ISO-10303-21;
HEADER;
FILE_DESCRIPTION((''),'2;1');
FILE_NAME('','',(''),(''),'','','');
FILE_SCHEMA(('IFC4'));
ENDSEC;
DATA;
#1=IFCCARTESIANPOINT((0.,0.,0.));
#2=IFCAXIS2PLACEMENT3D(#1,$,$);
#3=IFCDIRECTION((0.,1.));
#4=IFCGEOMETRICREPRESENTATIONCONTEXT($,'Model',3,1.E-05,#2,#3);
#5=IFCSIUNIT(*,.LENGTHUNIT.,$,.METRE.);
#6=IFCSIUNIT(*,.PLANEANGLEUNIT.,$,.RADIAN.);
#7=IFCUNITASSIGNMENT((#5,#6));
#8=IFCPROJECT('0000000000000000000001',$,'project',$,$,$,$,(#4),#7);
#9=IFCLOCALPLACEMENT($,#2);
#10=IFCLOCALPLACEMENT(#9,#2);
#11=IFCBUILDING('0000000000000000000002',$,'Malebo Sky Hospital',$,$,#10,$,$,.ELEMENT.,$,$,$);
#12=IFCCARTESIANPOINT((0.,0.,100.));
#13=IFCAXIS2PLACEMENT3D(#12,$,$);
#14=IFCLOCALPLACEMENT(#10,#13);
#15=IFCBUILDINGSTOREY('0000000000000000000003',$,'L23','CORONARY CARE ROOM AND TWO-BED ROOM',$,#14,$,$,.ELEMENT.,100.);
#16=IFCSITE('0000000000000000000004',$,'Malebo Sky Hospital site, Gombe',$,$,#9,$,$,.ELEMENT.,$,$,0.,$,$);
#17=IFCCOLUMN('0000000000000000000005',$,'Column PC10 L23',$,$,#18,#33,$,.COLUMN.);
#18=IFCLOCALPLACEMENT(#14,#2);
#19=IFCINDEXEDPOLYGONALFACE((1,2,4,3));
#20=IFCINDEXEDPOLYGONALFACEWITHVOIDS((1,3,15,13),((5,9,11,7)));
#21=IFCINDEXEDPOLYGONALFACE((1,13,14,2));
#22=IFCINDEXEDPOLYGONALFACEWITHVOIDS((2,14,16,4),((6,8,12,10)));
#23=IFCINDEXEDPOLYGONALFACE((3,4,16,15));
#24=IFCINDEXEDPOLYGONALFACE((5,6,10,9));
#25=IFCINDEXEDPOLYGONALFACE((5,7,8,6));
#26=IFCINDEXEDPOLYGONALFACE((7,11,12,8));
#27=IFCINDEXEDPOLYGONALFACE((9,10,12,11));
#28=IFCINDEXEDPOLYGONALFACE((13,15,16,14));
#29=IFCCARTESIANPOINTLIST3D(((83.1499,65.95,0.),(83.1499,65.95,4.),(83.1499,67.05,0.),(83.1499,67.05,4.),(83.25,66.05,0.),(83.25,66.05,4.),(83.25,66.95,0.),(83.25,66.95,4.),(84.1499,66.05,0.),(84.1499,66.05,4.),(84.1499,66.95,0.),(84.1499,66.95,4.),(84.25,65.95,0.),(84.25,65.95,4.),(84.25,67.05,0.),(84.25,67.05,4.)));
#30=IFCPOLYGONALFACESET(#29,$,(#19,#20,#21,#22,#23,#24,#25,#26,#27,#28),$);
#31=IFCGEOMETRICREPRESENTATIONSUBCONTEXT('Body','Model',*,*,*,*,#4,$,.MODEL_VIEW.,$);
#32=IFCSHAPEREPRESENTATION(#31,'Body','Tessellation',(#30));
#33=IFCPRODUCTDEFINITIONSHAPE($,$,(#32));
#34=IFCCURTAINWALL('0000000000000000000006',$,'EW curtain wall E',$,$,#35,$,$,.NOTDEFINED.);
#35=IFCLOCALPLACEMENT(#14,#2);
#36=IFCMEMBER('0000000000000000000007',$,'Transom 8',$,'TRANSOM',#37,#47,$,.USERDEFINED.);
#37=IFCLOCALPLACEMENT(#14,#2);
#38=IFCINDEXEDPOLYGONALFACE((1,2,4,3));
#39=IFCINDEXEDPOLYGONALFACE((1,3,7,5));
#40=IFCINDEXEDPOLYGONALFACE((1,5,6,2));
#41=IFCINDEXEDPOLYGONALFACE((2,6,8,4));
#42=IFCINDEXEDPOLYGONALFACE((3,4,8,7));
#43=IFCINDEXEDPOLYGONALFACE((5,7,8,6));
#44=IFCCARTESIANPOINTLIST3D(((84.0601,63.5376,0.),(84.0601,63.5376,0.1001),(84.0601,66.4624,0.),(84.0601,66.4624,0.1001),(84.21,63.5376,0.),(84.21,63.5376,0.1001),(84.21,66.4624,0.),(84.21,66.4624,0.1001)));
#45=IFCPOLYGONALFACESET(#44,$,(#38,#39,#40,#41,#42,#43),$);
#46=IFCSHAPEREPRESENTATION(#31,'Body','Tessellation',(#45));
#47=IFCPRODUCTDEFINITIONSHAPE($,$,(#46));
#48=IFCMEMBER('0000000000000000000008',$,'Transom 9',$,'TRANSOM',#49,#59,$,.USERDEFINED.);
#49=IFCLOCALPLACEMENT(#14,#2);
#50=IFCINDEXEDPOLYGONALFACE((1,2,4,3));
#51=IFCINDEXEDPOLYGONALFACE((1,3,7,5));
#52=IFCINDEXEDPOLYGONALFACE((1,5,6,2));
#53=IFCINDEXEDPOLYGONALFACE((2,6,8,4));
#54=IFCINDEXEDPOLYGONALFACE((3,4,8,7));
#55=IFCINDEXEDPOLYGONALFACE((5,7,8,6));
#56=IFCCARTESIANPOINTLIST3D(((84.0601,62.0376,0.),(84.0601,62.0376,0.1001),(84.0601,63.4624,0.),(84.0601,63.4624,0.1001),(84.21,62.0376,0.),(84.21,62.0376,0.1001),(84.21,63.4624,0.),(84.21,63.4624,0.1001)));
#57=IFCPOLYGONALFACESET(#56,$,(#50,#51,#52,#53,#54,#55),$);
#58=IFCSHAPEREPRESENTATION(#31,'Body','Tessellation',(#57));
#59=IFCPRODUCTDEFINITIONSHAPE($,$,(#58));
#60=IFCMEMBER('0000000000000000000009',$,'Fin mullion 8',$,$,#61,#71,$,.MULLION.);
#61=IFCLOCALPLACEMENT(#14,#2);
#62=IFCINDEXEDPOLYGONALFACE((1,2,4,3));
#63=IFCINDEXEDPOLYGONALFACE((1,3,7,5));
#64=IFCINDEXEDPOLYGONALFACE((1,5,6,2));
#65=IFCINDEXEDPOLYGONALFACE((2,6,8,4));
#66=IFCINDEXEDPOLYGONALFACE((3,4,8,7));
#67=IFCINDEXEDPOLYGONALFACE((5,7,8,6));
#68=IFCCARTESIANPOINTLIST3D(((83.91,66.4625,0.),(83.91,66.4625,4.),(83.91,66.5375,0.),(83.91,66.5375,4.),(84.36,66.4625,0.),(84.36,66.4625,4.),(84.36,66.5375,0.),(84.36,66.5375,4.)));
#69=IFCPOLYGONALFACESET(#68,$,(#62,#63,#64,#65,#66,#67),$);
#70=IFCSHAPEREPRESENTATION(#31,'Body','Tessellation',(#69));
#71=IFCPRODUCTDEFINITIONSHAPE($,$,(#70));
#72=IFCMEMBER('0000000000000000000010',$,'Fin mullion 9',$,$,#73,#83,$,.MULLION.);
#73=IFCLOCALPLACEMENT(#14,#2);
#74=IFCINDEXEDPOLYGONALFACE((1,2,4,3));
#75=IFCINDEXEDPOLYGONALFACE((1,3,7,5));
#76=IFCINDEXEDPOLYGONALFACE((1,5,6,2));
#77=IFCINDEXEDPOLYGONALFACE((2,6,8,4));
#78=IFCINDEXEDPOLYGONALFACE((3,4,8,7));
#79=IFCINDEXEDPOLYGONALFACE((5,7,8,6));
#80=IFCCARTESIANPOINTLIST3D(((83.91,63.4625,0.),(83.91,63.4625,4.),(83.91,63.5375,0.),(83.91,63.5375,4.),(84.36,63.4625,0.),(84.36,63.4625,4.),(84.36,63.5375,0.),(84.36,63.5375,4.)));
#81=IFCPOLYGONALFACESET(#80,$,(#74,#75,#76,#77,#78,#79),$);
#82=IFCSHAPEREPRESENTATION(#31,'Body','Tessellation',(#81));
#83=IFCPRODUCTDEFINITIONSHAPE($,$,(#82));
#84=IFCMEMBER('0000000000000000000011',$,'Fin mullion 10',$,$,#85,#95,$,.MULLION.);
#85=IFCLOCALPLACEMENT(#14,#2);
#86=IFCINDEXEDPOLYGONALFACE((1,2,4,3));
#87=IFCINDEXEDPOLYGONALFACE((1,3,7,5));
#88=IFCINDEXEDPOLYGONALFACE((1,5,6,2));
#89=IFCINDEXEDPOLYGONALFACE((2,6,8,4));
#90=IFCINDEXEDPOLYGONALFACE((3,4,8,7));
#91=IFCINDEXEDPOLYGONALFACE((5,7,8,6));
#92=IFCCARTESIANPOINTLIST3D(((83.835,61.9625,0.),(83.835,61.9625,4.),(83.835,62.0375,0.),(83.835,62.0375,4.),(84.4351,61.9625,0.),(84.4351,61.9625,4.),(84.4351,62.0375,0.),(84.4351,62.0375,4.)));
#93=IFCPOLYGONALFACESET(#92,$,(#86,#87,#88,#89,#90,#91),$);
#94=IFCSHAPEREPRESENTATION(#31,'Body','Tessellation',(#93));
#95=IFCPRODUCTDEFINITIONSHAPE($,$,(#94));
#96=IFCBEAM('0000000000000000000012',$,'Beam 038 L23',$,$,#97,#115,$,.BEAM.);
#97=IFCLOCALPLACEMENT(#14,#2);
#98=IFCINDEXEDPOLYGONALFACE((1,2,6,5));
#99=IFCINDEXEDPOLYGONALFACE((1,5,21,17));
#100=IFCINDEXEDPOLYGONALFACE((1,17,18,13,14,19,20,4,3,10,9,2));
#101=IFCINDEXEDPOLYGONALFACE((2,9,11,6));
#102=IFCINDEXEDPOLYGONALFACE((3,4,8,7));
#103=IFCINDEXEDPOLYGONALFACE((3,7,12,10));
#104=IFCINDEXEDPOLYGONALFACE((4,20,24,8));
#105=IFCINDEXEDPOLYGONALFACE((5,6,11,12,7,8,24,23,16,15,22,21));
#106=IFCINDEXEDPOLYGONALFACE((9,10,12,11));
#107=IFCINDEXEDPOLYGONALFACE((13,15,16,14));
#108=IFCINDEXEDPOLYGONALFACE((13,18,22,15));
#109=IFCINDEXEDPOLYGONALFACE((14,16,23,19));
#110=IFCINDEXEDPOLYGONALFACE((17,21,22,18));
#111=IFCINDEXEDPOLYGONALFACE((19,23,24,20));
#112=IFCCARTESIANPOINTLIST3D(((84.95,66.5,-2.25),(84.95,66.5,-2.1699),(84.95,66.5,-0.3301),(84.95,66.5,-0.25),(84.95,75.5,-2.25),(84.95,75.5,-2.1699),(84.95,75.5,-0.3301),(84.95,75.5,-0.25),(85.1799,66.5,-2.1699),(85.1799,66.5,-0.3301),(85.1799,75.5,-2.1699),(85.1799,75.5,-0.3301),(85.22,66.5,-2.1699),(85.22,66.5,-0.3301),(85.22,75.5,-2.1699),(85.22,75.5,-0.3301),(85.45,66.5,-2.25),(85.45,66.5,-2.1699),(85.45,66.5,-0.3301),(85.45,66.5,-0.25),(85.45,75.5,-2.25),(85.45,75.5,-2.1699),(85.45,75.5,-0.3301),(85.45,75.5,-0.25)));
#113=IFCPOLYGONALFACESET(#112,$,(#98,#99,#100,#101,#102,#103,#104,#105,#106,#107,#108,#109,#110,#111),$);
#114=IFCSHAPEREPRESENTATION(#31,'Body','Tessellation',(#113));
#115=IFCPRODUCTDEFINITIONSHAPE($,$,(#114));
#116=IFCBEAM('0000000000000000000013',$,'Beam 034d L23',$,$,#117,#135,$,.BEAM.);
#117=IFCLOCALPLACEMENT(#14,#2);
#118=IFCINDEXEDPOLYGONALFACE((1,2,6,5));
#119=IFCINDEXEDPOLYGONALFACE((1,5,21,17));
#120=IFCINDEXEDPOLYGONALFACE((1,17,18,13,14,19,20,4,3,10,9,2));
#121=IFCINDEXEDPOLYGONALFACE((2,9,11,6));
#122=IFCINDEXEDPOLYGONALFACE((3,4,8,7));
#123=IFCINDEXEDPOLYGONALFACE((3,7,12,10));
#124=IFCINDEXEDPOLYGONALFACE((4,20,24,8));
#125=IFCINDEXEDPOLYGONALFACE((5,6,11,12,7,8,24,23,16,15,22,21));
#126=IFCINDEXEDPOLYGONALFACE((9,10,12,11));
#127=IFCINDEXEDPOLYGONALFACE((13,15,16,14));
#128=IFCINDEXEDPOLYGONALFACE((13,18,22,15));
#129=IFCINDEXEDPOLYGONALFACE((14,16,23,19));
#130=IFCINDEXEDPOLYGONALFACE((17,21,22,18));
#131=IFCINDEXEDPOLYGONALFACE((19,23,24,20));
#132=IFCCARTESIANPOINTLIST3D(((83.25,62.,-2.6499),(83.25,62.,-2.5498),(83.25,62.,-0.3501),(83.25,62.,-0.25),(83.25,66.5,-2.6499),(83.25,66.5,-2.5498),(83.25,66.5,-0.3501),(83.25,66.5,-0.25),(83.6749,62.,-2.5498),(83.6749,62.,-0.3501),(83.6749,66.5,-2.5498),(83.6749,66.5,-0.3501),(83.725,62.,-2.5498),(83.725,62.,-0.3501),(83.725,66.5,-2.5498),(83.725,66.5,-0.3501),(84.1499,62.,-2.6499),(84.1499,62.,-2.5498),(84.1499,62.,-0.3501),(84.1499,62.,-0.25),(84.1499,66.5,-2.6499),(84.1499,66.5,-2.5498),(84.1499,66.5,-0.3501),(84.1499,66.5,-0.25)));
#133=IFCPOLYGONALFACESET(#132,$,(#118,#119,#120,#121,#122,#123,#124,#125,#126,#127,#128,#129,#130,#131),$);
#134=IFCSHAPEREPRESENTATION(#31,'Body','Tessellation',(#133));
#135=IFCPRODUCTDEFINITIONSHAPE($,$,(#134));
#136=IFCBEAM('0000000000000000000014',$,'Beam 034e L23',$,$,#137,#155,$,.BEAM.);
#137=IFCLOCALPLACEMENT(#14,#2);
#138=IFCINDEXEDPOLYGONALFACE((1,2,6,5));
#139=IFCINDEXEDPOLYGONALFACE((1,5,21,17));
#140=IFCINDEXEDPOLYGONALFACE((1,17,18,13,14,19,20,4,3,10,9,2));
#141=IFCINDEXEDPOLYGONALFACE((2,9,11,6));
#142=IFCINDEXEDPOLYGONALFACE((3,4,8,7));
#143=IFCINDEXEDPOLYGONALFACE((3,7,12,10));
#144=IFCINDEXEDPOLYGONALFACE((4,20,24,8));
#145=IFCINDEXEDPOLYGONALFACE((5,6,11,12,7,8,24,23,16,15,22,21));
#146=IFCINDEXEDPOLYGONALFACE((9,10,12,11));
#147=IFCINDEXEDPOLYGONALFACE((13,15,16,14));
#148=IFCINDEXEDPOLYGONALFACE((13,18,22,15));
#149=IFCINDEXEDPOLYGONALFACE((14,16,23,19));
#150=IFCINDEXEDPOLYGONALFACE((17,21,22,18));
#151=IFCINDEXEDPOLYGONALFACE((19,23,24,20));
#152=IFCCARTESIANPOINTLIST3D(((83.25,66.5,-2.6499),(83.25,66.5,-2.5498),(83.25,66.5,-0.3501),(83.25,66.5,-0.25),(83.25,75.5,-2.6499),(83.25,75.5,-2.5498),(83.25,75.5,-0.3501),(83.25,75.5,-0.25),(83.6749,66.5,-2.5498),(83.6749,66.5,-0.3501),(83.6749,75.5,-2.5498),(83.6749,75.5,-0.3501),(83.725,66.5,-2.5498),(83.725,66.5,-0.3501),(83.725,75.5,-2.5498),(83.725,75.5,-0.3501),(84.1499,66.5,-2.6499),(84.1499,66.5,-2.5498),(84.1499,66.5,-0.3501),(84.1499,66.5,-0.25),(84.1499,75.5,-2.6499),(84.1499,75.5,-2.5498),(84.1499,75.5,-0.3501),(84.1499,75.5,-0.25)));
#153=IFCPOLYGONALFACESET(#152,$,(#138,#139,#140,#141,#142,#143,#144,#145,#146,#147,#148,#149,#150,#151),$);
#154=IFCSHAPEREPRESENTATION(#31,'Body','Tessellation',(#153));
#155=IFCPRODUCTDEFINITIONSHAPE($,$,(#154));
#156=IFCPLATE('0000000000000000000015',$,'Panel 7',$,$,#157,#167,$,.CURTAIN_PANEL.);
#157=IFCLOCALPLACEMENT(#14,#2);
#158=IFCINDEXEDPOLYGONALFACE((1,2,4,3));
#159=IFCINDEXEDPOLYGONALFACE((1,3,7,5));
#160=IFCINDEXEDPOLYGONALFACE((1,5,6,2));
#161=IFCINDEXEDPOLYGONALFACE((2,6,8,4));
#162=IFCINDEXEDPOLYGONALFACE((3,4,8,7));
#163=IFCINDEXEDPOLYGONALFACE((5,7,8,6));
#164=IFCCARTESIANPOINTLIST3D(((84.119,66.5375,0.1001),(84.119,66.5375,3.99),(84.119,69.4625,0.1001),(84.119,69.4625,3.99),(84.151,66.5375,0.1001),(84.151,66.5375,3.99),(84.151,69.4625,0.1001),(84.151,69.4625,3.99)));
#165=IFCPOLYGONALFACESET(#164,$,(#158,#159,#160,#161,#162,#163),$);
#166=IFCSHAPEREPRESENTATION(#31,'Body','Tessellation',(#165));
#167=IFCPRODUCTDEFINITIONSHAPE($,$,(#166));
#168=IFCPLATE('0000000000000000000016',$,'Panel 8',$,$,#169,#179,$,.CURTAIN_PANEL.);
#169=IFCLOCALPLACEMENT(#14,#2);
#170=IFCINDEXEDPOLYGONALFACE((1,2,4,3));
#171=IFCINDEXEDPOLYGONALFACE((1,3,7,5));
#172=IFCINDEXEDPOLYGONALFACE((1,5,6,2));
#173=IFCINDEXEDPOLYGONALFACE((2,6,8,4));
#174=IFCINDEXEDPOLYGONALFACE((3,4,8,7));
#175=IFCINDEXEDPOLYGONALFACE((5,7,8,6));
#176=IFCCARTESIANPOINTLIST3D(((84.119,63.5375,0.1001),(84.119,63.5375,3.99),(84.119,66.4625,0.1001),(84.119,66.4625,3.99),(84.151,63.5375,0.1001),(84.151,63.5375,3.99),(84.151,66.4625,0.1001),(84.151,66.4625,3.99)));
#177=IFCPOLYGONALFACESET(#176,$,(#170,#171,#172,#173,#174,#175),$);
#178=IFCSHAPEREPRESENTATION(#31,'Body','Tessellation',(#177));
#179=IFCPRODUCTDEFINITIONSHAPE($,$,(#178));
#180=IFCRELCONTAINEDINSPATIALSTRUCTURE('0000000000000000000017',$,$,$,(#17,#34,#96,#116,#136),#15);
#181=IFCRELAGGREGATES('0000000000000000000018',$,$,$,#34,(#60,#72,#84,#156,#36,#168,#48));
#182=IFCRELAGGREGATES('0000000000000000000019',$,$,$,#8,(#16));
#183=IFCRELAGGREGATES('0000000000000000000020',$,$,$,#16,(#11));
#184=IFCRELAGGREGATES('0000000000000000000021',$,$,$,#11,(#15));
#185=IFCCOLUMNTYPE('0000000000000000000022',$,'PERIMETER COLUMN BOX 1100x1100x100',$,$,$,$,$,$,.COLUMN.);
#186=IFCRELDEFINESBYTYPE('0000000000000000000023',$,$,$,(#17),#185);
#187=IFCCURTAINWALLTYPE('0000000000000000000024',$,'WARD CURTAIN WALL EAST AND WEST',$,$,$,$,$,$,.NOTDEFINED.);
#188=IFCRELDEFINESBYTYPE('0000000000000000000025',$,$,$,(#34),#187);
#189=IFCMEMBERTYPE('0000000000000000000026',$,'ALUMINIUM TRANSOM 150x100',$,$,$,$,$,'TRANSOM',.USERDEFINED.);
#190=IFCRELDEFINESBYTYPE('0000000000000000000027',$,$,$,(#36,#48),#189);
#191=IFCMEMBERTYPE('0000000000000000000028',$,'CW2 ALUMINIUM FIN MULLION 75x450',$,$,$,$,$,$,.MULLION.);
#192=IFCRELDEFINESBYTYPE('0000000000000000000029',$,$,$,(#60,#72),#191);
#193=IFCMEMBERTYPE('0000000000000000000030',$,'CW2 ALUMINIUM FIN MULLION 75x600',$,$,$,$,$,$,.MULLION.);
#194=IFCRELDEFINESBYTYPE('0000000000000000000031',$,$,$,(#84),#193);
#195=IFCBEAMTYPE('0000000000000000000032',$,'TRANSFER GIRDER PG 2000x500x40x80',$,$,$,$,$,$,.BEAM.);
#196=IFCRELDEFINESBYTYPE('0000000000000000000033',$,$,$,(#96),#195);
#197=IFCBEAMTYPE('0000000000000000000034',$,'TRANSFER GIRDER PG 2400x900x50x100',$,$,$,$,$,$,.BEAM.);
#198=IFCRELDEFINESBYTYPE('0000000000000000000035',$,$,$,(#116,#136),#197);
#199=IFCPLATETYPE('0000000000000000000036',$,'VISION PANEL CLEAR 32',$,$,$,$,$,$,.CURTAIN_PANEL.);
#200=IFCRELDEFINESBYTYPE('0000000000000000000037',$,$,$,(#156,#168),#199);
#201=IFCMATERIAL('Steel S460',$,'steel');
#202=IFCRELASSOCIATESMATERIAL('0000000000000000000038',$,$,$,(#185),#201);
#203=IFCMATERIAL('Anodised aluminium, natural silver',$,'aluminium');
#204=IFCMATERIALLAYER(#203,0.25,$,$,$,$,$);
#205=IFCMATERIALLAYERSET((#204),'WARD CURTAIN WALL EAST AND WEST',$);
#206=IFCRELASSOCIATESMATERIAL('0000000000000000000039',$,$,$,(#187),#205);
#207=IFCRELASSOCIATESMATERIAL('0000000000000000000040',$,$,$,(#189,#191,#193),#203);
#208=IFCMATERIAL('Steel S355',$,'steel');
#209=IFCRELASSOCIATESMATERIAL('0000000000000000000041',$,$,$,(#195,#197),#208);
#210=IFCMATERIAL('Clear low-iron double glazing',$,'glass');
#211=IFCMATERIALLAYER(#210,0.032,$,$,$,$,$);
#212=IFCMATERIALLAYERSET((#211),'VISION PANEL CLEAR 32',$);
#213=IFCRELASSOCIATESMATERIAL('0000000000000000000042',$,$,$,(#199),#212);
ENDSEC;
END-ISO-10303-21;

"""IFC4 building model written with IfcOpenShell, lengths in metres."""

from ifc_helpers import new_model, si_unit, direction, frame, origin, origin_2d, place, context, subcontext, project, spatial, rectangle, hollow_rectangle, i_section, extrude, material, layer, layer_set, material_profile, profile_set, type_object, element, aggregate, save


model = new_model("IFC4")

# Units and contexts
model_context = context("Model", 3, precision=1e-05, world=origin(), true_north=direction((0.0, 1.0)))
body_context = subcontext(model_context, "Body", "Model", "MODEL_VIEW")
ifc_project = project(units=[si_unit("LENGTHUNIT", "METRE"), si_unit("PLANEANGLEUNIT", "RADIAN")], contexts=[model_context])

# Site, building, storey
site_placement = place(None, origin())
site = spatial("IfcSite", under=ifc_project, at=site_placement, Name="Malebo Sky Hospital site, Gombe", CompositionType="ELEMENT", RefElevation=0.0)
building_placement = place(site_placement, origin())
building = spatial("IfcBuilding", under=site, at=building_placement, Name="Malebo Sky Hospital", CompositionType="ELEMENT")
storey_placement = place(building_placement, frame((0.0, 0.0, 100.0)))
storey = spatial("IfcBuildingStorey", under=building, at=storey_placement, Name="L23", Description="CORONARY CARE ROOM AND TWO-BED ROOM", CompositionType="ELEMENT", Elevation=100.0)

# Column
ifc_material_1 = material(Name="Steel S460", Category="steel")
ifc_material_profile_1 = material_profile(ifc_material_1, hollow_rectangle(XDim=1.1001, YDim=1.1001, WallThickness=0.1001, at=origin_2d()), Name="BOX 1100x1100x100")
ifc_profile_set_1 = profile_set([ifc_material_profile_1], Name="Steel S460")
column_type = type_object("IfcColumnType", Name="PERIMETER COLUMN BOX 1100x1100x100", PredefinedType="COLUMN", material=ifc_profile_set_1)
column_placement = place(storey_placement, frame((83.7, 66.5, 0.0), z_axis=(0.0, 0.0, 1.0), x_axis=(1.0, 0.0, 0.0)))
element("IfcColumn", 1, at=column_placement, inside=storey, type_object=column_type, Name="Column PC10 L23", PredefinedType="COLUMN", context=body_context, shape_type="SweptSolid", body=[
    extrude(hollow_rectangle(XDim=1.1001, YDim=1.1001, WallThickness=0.1001, at=origin_2d()), origin(), (0.0, 0.0, 1.0), 4.0),
])

# Curtain wall, members
ifc_material_2 = material(Name="Anodised aluminium, natural silver", Category="aluminium")
ifc_layer_1 = layer(ifc_material_2, 0.25)
ifc_layer_set_1 = layer_set([ifc_layer_1], Name="WARD CURTAIN WALL EAST AND WEST")
curtain_wall_type = type_object("IfcCurtainWallType", Name="WARD CURTAIN WALL EAST AND WEST", PredefinedType="NOTDEFINED", material=ifc_layer_set_1)
curtain_wall_placement = place(storey_placement, origin())
curtain_wall = element("IfcCurtainWall", 2, at=curtain_wall_placement, inside=storey, type_object=curtain_wall_type, Name="EW curtain wall E", PredefinedType="NOTDEFINED")
ifc_material_profile_2 = material_profile(ifc_material_2, rectangle(XDim=0.1499, YDim=0.1001, at=origin_2d()), Name="ALUMINIUM TRANSOM 150x100")
ifc_profile_set_2 = profile_set([ifc_material_profile_2], Name="Anodised aluminium, natural silver")
member_type_1 = type_object("IfcMemberType", Name="ALUMINIUM TRANSOM 150x100", ElementType="TRANSOM", PredefinedType="USERDEFINED", material=ifc_profile_set_2)
member_1_placement = place(storey_placement, frame((84.135, 66.4624, 0.05), z_axis=(0.0, -1.0, 0.0), x_axis=(1.0, 0.0, 0.0)))
member_1 = element("IfcMember", 3, at=member_1_placement, type_object=member_type_1, Name="Transom 8", ObjectType="TRANSOM", PredefinedType="USERDEFINED", context=body_context, shape_type="SweptSolid", body=[
    extrude(rectangle(XDim=0.1499, YDim=0.1001, at=origin_2d()), origin(), (0.0, 0.0, 1.0), 2.9248),
])
member_2_placement = place(storey_placement, frame((84.135, 63.4624, 0.05), z_axis=(0.0, -1.0, 0.0), x_axis=(1.0, 0.0, 0.0)))
member_2 = element("IfcMember", 4, at=member_2_placement, type_object=member_type_1, Name="Transom 9", ObjectType="TRANSOM", PredefinedType="USERDEFINED", context=body_context, shape_type="SweptSolid", body=[
    extrude(rectangle(XDim=0.1499, YDim=0.1001, at=origin_2d()), origin(), (0.0, 0.0, 1.0), 1.4248),
])
ifc_material_profile_3 = material_profile(ifc_material_2, rectangle(XDim=0.075, YDim=0.45, at=origin_2d()), Name="CW2 ALUMINIUM FIN MULLION 75x450")
ifc_profile_set_3 = profile_set([ifc_material_profile_3], Name="Anodised aluminium, natural silver")
member_type_2 = type_object("IfcMemberType", Name="CW2 ALUMINIUM FIN MULLION 75x450", PredefinedType="MULLION", material=ifc_profile_set_3)
member_3_placement = place(storey_placement, frame((84.135, 66.5, 0.0), z_axis=(0.0, 0.0, 1.0), x_axis=(0.0, -1.0, 0.0)))
member_3 = element("IfcMember", 5, at=member_3_placement, type_object=member_type_2, Name="Fin mullion 8", PredefinedType="MULLION", context=body_context, shape_type="SweptSolid", body=[
    extrude(rectangle(XDim=0.075, YDim=0.45, at=origin_2d()), origin(), (0.0, 0.0, 1.0), 4.0),
])
member_4_placement = place(storey_placement, frame((84.135, 63.5, 0.0), z_axis=(0.0, 0.0, 1.0), x_axis=(0.0, -1.0, 0.0)))
member_4 = element("IfcMember", 6, at=member_4_placement, type_object=member_type_2, Name="Fin mullion 9", PredefinedType="MULLION", context=body_context, shape_type="SweptSolid", body=[
    extrude(rectangle(XDim=0.075, YDim=0.45, at=origin_2d()), origin(), (0.0, 0.0, 1.0), 4.0),
])
ifc_material_profile_4 = material_profile(ifc_material_2, rectangle(XDim=0.075, YDim=0.6001, at=origin_2d()), Name="CW2 ALUMINIUM FIN MULLION 75x600")
ifc_profile_set_4 = profile_set([ifc_material_profile_4], Name="Anodised aluminium, natural silver")
member_type_3 = type_object("IfcMemberType", Name="CW2 ALUMINIUM FIN MULLION 75x600", PredefinedType="MULLION", material=ifc_profile_set_4)
member_5_placement = place(storey_placement, frame((84.135, 62.0, 0.0), z_axis=(0.0, 0.0, 1.0), x_axis=(0.0, -1.0, 0.0)))
member_5 = element("IfcMember", 7, at=member_5_placement, type_object=member_type_3, Name="Fin mullion 10", PredefinedType="MULLION", context=body_context, shape_type="SweptSolid", body=[
    extrude(rectangle(XDim=0.075, YDim=0.6001, at=origin_2d()), origin(), (0.0, 0.0, 1.0), 4.0),
])

# Beams
ifc_material_3 = material(Name="Steel S355", Category="steel")
ifc_material_profile_5 = material_profile(ifc_material_3, i_section(OverallWidth=0.5, OverallDepth=2.0, WebThickness=0.04, FlangeThickness=0.0801, at=origin_2d()), Name="PG 2000x500x40x80")
ifc_profile_set_5 = profile_set([ifc_material_profile_5], Name="Steel S355")
beam_type_1 = type_object("IfcBeamType", Name="TRANSFER GIRDER PG 2000x500x40x80", PredefinedType="BEAM", material=ifc_profile_set_5)
beam_1_placement = place(storey_placement, frame((85.2, 66.5, -1.25), z_axis=(0.0, 1.0, 0.0), x_axis=(-1.0, 0.0, 0.0)))
element("IfcBeam", 8, at=beam_1_placement, inside=storey, type_object=beam_type_1, Name="Beam 038 L23", PredefinedType="BEAM", context=body_context, shape_type="SweptSolid", body=[
    extrude(i_section(OverallWidth=0.5, OverallDepth=2.0, WebThickness=0.04, FlangeThickness=0.0801, at=origin_2d()), origin(), (0.0, 0.0, 1.0), 9.0),
])
ifc_material_profile_6 = material_profile(ifc_material_3, i_section(OverallWidth=0.8999, OverallDepth=2.3999, WebThickness=0.05, FlangeThickness=0.1001, at=origin_2d()), Name="PG 2400x900x50x100")
ifc_profile_set_6 = profile_set([ifc_material_profile_6], Name="Steel S355")
beam_type_2 = type_object("IfcBeamType", Name="TRANSFER GIRDER PG 2400x900x50x100", PredefinedType="BEAM", material=ifc_profile_set_6)
beam_2_placement = place(storey_placement, frame((83.7, 62.0, -1.45), z_axis=(0.0, 1.0, 0.0), x_axis=(-1.0, 0.0, 0.0)))
element("IfcBeam", 9, at=beam_2_placement, inside=storey, type_object=beam_type_2, Name="Beam 034d L23", PredefinedType="BEAM", context=body_context, shape_type="SweptSolid", body=[
    extrude(i_section(OverallWidth=0.8999, OverallDepth=2.3999, WebThickness=0.05, FlangeThickness=0.1001, at=origin_2d()), origin(), (0.0, 0.0, 1.0), 4.5),
])
beam_3_placement = place(storey_placement, frame((83.7, 66.5, -1.45), z_axis=(0.0, 1.0, 0.0), x_axis=(-1.0, 0.0, 0.0)))
element("IfcBeam", 10, at=beam_3_placement, inside=storey, type_object=beam_type_2, Name="Beam 034e L23", PredefinedType="BEAM", context=body_context, shape_type="SweptSolid", body=[
    extrude(i_section(OverallWidth=0.8999, OverallDepth=2.3999, WebThickness=0.05, FlangeThickness=0.1001, at=origin_2d()), origin(), (0.0, 0.0, 1.0), 9.0),
])

# Plates
ifc_material_4 = material(Name="Clear low-iron double glazing", Category="glass")
ifc_layer_2 = layer(ifc_material_4, 0.032)
ifc_layer_set_2 = layer_set([ifc_layer_2], Name="VISION PANEL CLEAR 32")
plate_type = type_object("IfcPlateType", Name="VISION PANEL CLEAR 32", PredefinedType="CURTAIN_PANEL", material=ifc_layer_set_2)
plate_1_placement = place(storey_placement, frame((84.135, 68.0, 0.1001), z_axis=(0.0, 0.0, 1.0), x_axis=(0.0, -1.0, 0.0)))
plate_1 = element("IfcPlate", 11, at=plate_1_placement, type_object=plate_type, Name="Panel 7", PredefinedType="CURTAIN_PANEL", context=body_context, shape_type="SweptSolid", body=[
    extrude(rectangle(XDim=2.925, YDim=0.032, at=origin_2d()), origin(), (0.0, 0.0, 1.0), 3.8899),
])
plate_2_placement = place(storey_placement, frame((84.135, 65.0, 0.1001), z_axis=(0.0, 0.0, 1.0), x_axis=(0.0, -1.0, 0.0)))
plate_2 = element("IfcPlate", 12, at=plate_2_placement, type_object=plate_type, Name="Panel 8", PredefinedType="CURTAIN_PANEL", context=body_context, shape_type="SweptSolid", body=[
    extrude(rectangle(XDim=2.925, YDim=0.032, at=origin_2d()), origin(), (0.0, 0.0, 1.0), 3.8899),
])
aggregate(curtain_wall, [member_3, member_4, member_5, plate_1, member_1, plate_2, member_2])

save(model, "model.ifc")
